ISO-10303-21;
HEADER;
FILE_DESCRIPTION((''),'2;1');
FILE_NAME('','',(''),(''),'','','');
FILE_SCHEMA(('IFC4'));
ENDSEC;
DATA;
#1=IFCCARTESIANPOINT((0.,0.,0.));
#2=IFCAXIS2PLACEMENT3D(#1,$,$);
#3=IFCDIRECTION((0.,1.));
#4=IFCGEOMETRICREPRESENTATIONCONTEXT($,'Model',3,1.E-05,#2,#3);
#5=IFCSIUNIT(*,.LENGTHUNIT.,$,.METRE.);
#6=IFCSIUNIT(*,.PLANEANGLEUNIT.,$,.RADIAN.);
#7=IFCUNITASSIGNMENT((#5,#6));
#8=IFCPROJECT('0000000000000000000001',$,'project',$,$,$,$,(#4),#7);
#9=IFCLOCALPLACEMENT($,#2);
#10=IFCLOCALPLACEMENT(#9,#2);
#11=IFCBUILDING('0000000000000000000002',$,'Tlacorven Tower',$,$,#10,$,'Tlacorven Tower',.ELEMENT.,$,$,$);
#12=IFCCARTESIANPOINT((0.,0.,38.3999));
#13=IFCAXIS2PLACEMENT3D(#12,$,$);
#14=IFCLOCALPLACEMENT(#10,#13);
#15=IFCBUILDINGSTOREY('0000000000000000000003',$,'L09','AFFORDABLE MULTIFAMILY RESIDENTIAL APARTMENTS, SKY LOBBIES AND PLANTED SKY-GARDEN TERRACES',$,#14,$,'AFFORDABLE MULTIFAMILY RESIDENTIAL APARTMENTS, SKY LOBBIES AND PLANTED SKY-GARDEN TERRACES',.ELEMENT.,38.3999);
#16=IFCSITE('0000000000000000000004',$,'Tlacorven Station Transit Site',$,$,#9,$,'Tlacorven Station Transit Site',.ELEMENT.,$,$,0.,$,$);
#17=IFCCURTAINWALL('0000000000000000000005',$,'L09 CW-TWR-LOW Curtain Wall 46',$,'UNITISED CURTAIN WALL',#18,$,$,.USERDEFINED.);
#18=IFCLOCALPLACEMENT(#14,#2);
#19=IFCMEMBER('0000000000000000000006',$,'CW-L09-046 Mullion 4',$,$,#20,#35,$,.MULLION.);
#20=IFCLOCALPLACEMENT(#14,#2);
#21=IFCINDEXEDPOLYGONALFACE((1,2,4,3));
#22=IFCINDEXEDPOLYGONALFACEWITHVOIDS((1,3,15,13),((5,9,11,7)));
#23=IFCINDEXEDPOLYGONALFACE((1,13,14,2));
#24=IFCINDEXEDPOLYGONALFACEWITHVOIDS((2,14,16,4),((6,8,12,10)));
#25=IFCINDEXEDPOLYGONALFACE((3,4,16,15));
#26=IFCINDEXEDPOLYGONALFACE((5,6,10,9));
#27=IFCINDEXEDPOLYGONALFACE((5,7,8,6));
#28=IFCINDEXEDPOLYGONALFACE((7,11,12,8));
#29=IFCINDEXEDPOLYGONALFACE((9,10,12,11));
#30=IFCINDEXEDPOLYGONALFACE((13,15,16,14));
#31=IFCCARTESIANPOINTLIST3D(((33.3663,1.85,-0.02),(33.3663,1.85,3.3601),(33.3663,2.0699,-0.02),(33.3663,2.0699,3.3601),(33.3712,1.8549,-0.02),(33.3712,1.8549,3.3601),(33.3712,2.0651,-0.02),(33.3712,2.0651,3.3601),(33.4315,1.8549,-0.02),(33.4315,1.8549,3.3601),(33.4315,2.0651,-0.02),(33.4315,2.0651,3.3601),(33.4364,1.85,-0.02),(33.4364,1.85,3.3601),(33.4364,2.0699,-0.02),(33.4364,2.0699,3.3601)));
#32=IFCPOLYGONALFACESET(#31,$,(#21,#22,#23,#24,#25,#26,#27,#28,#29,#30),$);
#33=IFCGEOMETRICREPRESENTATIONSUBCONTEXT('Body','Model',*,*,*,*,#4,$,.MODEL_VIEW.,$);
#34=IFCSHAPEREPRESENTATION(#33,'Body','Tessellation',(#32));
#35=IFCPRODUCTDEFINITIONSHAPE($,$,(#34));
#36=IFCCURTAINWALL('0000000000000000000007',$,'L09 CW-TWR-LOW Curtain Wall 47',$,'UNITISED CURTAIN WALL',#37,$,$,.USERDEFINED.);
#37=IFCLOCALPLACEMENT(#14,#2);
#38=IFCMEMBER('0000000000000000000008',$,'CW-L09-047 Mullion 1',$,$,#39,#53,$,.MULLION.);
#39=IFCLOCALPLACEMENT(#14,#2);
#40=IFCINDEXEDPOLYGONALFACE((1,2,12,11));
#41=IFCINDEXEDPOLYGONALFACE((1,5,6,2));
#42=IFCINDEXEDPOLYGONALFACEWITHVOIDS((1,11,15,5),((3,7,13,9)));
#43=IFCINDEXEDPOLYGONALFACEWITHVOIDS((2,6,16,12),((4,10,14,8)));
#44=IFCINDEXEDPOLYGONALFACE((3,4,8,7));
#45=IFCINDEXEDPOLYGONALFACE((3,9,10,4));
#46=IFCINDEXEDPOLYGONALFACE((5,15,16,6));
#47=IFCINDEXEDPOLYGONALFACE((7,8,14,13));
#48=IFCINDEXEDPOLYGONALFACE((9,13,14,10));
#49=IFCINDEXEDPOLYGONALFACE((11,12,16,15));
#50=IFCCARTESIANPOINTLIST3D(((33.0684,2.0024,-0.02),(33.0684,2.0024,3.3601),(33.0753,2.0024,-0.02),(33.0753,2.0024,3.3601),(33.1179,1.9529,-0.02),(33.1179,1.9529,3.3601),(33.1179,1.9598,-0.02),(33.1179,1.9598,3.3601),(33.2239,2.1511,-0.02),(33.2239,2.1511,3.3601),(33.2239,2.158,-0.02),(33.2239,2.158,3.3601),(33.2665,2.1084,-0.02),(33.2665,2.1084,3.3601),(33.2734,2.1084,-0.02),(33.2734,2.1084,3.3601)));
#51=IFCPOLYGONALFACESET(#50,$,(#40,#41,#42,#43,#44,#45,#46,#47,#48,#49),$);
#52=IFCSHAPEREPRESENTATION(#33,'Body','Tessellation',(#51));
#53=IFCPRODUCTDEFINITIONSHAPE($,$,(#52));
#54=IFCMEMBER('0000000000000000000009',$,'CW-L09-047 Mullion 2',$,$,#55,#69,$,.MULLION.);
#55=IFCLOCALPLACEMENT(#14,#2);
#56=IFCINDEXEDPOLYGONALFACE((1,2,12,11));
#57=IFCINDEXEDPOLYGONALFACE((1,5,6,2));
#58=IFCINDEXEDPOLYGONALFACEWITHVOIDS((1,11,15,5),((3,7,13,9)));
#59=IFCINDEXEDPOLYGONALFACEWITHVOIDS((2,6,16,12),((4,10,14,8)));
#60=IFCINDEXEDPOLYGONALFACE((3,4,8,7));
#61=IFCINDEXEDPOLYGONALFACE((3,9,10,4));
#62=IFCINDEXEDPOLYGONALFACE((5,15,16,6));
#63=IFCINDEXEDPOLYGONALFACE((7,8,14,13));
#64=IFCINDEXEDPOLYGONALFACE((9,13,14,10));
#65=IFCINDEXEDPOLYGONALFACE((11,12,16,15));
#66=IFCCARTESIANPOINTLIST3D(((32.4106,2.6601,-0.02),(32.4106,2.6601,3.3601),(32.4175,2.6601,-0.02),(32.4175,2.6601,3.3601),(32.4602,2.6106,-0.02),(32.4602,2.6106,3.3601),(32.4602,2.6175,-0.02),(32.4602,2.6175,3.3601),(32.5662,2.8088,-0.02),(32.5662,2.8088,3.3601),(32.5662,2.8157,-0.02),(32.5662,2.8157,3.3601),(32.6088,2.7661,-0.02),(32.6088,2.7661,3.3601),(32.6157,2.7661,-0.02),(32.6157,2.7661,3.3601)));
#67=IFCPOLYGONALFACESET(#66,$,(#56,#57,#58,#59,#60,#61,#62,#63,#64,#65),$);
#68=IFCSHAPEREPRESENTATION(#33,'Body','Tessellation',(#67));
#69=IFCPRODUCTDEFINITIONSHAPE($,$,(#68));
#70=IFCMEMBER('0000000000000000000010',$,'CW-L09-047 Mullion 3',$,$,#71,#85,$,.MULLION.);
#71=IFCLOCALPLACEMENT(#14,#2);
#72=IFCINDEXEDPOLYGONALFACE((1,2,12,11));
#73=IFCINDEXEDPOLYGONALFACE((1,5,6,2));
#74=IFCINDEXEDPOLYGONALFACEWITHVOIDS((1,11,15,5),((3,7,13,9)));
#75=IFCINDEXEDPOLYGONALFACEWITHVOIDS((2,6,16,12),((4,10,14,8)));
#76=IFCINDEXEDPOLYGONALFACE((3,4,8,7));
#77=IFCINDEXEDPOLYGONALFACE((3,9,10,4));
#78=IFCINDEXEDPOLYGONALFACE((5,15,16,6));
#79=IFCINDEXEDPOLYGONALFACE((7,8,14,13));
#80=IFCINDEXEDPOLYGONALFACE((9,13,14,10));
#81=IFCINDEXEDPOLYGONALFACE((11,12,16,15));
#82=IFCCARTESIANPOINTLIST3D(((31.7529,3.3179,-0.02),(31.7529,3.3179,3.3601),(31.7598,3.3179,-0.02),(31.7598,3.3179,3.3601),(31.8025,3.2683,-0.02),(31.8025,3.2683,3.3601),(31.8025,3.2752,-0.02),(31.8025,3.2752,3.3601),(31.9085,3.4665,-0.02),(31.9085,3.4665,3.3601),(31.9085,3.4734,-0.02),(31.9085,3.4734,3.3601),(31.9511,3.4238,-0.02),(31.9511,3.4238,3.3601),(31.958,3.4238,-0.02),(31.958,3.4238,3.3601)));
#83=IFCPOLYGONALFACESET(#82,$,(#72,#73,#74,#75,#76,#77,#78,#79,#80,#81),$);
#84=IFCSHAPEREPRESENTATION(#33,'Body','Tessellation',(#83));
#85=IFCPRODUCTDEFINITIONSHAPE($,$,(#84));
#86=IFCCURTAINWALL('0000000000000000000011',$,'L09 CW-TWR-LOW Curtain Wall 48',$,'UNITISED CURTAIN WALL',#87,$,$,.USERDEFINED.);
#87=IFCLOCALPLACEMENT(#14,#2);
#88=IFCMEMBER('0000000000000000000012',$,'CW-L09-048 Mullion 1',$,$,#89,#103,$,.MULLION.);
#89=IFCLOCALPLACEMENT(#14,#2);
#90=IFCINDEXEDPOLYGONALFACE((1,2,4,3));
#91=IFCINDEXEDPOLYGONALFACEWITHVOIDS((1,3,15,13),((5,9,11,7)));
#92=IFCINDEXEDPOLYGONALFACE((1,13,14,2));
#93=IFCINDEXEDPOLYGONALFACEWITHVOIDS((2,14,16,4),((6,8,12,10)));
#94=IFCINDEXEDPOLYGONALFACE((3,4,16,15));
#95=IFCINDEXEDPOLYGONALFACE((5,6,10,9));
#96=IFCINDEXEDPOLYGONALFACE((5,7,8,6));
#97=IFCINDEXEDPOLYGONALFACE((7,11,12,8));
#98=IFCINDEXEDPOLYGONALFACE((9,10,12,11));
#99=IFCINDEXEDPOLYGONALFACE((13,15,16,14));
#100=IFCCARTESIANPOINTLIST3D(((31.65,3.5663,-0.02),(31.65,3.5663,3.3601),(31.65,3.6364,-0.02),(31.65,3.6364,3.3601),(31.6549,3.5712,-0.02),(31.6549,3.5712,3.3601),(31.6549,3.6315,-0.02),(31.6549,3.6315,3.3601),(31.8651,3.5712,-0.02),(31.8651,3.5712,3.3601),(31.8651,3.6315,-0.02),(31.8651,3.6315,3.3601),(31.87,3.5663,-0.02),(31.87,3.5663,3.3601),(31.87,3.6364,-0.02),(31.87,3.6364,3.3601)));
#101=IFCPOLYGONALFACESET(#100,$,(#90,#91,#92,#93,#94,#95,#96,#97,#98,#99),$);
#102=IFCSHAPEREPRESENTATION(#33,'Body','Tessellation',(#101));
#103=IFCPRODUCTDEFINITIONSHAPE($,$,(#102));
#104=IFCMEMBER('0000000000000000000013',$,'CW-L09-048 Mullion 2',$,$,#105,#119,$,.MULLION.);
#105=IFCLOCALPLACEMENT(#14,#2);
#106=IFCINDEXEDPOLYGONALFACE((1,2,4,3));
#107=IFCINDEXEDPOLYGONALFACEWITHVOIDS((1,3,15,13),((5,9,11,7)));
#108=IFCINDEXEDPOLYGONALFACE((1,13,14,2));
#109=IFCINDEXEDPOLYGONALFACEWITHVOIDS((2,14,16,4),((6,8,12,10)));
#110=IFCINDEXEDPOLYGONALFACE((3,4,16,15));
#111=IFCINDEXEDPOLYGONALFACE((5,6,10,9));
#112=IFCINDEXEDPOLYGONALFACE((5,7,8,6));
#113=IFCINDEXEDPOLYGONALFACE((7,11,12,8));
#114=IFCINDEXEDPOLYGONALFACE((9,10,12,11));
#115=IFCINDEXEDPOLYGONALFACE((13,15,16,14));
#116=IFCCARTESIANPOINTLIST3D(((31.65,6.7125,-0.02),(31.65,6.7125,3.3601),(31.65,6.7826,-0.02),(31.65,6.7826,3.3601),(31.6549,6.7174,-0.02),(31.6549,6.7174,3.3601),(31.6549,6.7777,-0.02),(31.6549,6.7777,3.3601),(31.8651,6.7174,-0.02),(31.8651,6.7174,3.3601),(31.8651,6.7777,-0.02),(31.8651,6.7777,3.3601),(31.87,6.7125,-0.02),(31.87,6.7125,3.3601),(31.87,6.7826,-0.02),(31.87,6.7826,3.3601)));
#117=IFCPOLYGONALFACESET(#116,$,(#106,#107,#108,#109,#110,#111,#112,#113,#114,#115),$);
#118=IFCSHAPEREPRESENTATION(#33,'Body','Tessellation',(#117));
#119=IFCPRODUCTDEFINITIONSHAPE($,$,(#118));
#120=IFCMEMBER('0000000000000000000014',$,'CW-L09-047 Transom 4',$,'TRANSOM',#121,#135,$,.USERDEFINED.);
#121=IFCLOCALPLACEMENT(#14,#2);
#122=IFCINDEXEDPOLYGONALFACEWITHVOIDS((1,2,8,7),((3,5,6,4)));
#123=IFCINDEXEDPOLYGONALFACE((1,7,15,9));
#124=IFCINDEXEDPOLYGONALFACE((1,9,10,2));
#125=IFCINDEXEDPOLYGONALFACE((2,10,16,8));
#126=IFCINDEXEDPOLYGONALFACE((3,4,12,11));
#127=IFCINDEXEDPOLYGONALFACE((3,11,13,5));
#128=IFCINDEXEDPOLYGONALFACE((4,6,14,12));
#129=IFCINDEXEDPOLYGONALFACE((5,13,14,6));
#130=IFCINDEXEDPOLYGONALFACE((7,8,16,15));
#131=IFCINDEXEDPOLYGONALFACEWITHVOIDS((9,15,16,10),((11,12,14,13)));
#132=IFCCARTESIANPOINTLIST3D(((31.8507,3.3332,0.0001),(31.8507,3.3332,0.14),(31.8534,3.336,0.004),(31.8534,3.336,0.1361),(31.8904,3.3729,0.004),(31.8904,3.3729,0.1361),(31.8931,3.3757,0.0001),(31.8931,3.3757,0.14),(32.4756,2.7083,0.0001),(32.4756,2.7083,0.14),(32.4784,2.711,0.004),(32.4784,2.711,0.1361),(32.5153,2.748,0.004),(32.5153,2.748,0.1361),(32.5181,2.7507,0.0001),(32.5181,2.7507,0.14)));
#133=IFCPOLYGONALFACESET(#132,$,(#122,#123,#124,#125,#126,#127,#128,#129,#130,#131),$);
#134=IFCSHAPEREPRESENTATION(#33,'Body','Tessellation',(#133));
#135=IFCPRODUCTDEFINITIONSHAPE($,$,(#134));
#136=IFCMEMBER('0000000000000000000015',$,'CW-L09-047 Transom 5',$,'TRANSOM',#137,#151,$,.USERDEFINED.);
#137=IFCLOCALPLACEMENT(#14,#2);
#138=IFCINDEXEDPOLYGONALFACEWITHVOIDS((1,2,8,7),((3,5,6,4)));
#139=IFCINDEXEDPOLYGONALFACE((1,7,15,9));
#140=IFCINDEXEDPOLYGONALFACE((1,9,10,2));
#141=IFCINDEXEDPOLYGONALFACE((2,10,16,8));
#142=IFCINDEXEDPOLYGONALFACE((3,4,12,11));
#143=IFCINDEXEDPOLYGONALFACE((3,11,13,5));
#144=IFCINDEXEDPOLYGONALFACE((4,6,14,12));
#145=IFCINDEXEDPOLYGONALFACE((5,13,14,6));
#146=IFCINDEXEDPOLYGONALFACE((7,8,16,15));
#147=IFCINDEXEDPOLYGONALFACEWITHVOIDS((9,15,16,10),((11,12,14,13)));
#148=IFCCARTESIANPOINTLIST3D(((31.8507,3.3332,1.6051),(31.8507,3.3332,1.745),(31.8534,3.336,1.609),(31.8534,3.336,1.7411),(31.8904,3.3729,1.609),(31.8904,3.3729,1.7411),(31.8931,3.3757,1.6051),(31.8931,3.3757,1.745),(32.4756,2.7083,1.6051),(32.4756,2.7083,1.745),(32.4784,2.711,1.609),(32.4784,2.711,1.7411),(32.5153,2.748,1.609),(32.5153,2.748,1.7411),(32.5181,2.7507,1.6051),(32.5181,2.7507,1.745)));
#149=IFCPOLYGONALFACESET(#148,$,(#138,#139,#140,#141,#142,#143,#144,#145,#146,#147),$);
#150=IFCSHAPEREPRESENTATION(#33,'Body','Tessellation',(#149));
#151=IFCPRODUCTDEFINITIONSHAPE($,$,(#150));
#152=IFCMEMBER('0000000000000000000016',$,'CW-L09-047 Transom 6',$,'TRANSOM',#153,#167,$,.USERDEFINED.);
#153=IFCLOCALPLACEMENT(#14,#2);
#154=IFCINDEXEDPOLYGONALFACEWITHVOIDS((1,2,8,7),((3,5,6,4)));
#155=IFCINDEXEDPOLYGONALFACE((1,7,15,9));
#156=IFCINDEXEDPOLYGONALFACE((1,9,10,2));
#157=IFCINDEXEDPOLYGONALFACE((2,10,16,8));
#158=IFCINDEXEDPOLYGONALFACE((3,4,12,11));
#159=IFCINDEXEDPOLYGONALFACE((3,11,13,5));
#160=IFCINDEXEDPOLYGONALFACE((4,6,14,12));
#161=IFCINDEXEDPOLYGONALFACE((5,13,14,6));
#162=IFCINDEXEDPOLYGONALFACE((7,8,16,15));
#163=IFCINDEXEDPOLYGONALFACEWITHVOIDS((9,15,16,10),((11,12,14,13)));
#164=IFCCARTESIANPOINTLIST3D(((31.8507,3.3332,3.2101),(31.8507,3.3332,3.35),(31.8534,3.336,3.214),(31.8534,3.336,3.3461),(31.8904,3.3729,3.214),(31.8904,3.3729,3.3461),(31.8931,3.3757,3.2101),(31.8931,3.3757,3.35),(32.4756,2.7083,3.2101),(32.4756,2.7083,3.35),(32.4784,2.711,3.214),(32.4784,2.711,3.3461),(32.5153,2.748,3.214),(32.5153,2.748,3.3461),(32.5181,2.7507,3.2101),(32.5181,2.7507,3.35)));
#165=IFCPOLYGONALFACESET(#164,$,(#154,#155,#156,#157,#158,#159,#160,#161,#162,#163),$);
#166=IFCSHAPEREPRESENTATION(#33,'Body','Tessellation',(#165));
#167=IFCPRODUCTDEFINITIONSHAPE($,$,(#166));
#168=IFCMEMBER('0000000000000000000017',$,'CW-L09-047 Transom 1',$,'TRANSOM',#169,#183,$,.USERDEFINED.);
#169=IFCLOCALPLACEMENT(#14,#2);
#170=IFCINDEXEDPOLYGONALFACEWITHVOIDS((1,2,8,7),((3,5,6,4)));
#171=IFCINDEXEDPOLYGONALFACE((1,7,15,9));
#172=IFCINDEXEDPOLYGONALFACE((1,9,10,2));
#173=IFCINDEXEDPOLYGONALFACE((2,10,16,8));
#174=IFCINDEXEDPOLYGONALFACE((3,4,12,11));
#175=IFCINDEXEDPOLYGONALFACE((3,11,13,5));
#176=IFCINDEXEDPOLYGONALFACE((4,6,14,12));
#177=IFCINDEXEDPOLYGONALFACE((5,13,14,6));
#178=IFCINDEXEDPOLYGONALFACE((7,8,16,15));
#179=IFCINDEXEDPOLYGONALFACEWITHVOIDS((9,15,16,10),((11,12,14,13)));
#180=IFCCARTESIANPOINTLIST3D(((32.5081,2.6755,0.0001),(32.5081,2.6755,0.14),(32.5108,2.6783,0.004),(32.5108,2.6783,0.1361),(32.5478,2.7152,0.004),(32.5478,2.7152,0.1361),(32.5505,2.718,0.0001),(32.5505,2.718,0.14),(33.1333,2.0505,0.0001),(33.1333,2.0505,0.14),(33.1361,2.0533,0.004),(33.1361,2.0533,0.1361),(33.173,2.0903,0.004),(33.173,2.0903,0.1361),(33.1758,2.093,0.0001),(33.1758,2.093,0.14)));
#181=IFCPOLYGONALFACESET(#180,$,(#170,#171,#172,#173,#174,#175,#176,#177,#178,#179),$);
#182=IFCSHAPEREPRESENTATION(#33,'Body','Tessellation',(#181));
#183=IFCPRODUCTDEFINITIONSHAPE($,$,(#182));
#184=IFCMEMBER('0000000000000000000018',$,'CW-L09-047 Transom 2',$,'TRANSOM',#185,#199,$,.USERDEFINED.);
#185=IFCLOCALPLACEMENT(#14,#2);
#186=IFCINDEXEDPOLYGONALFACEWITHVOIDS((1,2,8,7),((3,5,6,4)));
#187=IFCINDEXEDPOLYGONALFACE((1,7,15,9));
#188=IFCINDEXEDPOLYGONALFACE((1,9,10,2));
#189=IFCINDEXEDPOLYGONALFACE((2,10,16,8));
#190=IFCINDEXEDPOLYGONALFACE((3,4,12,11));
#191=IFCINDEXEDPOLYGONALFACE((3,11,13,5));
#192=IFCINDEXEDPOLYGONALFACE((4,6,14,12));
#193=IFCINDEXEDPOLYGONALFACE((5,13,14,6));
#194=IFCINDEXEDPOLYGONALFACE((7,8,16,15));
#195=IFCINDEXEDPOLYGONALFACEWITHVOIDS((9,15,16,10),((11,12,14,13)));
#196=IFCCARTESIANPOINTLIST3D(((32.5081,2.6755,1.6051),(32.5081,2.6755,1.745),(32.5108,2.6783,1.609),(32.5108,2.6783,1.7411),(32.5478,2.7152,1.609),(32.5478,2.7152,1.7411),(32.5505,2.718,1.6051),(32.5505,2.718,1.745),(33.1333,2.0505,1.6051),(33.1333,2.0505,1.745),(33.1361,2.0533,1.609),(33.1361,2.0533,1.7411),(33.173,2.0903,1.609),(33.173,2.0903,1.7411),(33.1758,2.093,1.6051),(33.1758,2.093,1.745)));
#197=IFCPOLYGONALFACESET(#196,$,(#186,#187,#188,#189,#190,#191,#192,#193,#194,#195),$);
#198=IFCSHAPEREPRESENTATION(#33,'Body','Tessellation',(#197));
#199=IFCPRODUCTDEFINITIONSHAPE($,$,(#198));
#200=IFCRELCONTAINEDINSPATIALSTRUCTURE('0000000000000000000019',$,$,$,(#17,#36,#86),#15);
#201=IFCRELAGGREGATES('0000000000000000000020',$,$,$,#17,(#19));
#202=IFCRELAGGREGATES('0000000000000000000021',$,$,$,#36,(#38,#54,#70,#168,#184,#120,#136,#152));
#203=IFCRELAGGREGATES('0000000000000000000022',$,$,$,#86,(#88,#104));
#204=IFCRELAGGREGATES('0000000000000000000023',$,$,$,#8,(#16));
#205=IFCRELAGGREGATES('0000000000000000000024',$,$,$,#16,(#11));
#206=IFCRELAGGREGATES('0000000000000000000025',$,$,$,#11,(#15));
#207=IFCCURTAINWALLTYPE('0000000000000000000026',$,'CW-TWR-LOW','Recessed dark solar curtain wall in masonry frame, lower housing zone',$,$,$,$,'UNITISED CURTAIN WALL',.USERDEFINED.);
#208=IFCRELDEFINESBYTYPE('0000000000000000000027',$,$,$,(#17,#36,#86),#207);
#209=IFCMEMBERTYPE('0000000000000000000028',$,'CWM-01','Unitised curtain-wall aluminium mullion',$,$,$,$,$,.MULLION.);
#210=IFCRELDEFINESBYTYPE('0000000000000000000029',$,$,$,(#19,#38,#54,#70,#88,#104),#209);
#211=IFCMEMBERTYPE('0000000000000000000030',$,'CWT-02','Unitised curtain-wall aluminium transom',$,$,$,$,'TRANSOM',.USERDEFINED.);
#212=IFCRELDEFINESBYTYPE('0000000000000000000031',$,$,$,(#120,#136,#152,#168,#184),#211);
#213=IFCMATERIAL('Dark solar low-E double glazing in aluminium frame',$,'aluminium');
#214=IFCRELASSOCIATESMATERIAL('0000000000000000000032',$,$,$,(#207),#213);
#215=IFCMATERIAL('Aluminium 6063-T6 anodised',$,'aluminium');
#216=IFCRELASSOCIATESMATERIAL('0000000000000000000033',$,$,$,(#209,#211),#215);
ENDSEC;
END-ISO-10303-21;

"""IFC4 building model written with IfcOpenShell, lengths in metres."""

from ifc_helpers import new_model, si_unit, direction, frame, origin, origin_2d, place, context, subcontext, project, spatial, hollow_rectangle, extrude, source, transform, mapped, material, material_profile, profile_set, type_object, element, aggregate, save


model = new_model("IFC4")

# Units and contexts
model_context = context("Model", 3, precision=1e-05, world=origin(), true_north=direction((0.0, 1.0)))
body_context = subcontext(model_context, "Body", "Model", "MODEL_VIEW")
ifc_project = project(units=[si_unit("LENGTHUNIT", "METRE"), si_unit("PLANEANGLEUNIT", "RADIAN")], contexts=[model_context])

# Site, building, storey
site_placement = place(None, origin())
site = spatial("IfcSite", under=ifc_project, at=site_placement, Name="Tlacorven Station Transit Site", LongName="Tlacorven Station Transit Site", CompositionType="ELEMENT", RefElevation=0.0)
building_placement = place(site_placement, origin())
building = spatial("IfcBuilding", under=site, at=building_placement, Name="Tlacorven Tower", LongName="Tlacorven Tower", CompositionType="ELEMENT")
storey_placement = place(building_placement, frame((0.0, 0.0, 38.3999)))
storey = spatial("IfcBuildingStorey", under=building, at=storey_placement, Name="L09", Description="AFFORDABLE MULTIFAMILY RESIDENTIAL APARTMENTS, SKY LOBBIES AND PLANTED SKY-GARDEN TERRACES", LongName="AFFORDABLE MULTIFAMILY RESIDENTIAL APARTMENTS, SKY LOBBIES AND PLANTED SKY-GARDEN TERRACES", CompositionType="ELEMENT", Elevation=38.3999)

# Curtain wall, member
ifc_material_1 = material(Name="Dark solar low-E double glazing in aluminium frame", Category="aluminium")
curtain_wall_type = type_object("IfcCurtainWallType", Name="CW-TWR-LOW", Description="Recessed dark solar curtain wall in masonry frame, lower housing zone", ElementType="UNITISED CURTAIN WALL", PredefinedType="USERDEFINED", material=ifc_material_1)
curtain_wall_1_placement = place(storey_placement, origin())
curtain_wall_1 = element("IfcCurtainWall", 1, at=curtain_wall_1_placement, inside=storey, type_object=curtain_wall_type, Name="L09 CW-TWR-LOW Curtain Wall 46", ObjectType="UNITISED CURTAIN WALL", PredefinedType="USERDEFINED")
ifc_material_2 = material(Name="Aluminium 6063-T6 anodised", Category="aluminium")
ifc_material_profile_1 = material_profile(ifc_material_2, hollow_rectangle(XDim=0.0701, YDim=0.22, WallThickness=0.0049, at=origin_2d()), Name="ALU MULLION 70X220")
ifc_profile_set_1 = profile_set([ifc_material_profile_1], Name="Aluminium 6063-T6 anodised")
member_type_1 = type_object("IfcMemberType", Name="CWM-01", Description="Unitised curtain-wall aluminium mullion", PredefinedType="MULLION", material=ifc_profile_set_1)
shared_shape_1 = source(origin(), body_context, "Body", "SweptSolid", [
    extrude(hollow_rectangle(XDim=0.0701, YDim=0.22, WallThickness=0.0049, at=origin_2d()), origin(), (0.0, 0.0, 1.0), 3.3801),
])
member_1_placement = place(storey_placement, frame((33.4014, 1.96, -0.02), z_axis=(0.0, 0.0, 1.0), x_axis=(-1.0, 0.0, 0.0)))
member_1 = element("IfcMember", 2, at=member_1_placement, type_object=member_type_1, Name="CW-L09-046 Mullion 4", PredefinedType="MULLION", context=body_context, shape_type="MappedRepresentation", body=[
    mapped(shared_shape_1, transform((0.0, 0.0, 0.0), scale=1.0)),
])
aggregate(curtain_wall_1, [member_1])

# Curtain walls, members
curtain_wall_2_placement = place(storey_placement, origin())
curtain_wall_2 = element("IfcCurtainWall", 3, at=curtain_wall_2_placement, inside=storey, type_object=curtain_wall_type, Name="L09 CW-TWR-LOW Curtain Wall 47", ObjectType="UNITISED CURTAIN WALL", PredefinedType="USERDEFINED")
member_2_placement = place(storey_placement, frame((33.1709, 2.0554, -0.02), z_axis=(0.0, 0.0, 1.0), x_axis=(-0.707107, 0.707107, 0.0)))
member_2 = element("IfcMember", 4, at=member_2_placement, type_object=member_type_1, Name="CW-L09-047 Mullion 1", PredefinedType="MULLION", context=body_context, shape_type="MappedRepresentation", body=[
    mapped(shared_shape_1, transform((0.0, 0.0, 0.0), scale=1.0)),
])
member_3_placement = place(storey_placement, frame((32.5132, 2.7131, -0.02), z_axis=(0.0, 0.0, 1.0), x_axis=(-0.707107, 0.707107, 0.0)))
member_3 = element("IfcMember", 5, at=member_3_placement, type_object=member_type_1, Name="CW-L09-047 Mullion 2", PredefinedType="MULLION", context=body_context, shape_type="MappedRepresentation", body=[
    mapped(shared_shape_1, transform((0.0, 0.0, 0.0), scale=1.0)),
])
member_4_placement = place(storey_placement, frame((31.8555, 3.3708, -0.02), z_axis=(0.0, 0.0, 1.0), x_axis=(-0.707107, 0.707107, 0.0)))
member_4 = element("IfcMember", 6, at=member_4_placement, type_object=member_type_1, Name="CW-L09-047 Mullion 3", PredefinedType="MULLION", context=body_context, shape_type="MappedRepresentation", body=[
    mapped(shared_shape_1, transform((0.0, 0.0, 0.0), scale=1.0)),
])
curtain_wall_3_placement = place(storey_placement, origin())
curtain_wall_3 = element("IfcCurtainWall", 7, at=curtain_wall_3_placement, inside=storey, type_object=curtain_wall_type, Name="L09 CW-TWR-LOW Curtain Wall 48", ObjectType="UNITISED CURTAIN WALL", PredefinedType="USERDEFINED")
member_5_placement = place(storey_placement, frame((31.76, 3.6013, -0.02), z_axis=(0.0, 0.0, 1.0), x_axis=(0.0, 1.0, 0.0)))
member_5 = element("IfcMember", 8, at=member_5_placement, type_object=member_type_1, Name="CW-L09-048 Mullion 1", PredefinedType="MULLION", context=body_context, shape_type="MappedRepresentation", body=[
    mapped(shared_shape_1, transform((0.0, 0.0, 0.0), scale=1.0)),
])
member_6_placement = place(storey_placement, frame((31.76, 6.7476, -0.02), z_axis=(0.0, 0.0, 1.0), x_axis=(0.0, 1.0, 0.0)))
member_6 = element("IfcMember", 9, at=member_6_placement, type_object=member_type_1, Name="CW-L09-048 Mullion 2", PredefinedType="MULLION", context=body_context, shape_type="MappedRepresentation", body=[
    mapped(shared_shape_1, transform((0.0, 0.0, 0.0), scale=1.0)),
])

# Members
ifc_material_profile_2 = material_profile(ifc_material_2, hollow_rectangle(XDim=0.0601, YDim=0.1399, WallThickness=0.0039, at=origin_2d()), Name="ALU TRANSOM 60X140")
ifc_profile_set_2 = profile_set([ifc_material_profile_2], Name="Aluminium 6063-T6 anodised")
member_type_2 = type_object("IfcMemberType", Name="CWT-02", Description="Unitised curtain-wall aluminium transom", ElementType="TRANSOM", PredefinedType="USERDEFINED", material=ifc_profile_set_2)
shared_shape_2 = source(origin(), body_context, "Body", "SweptSolid", [
    extrude(hollow_rectangle(XDim=0.0601, YDim=0.1399, WallThickness=0.0039, at=origin_2d()), origin(), (0.0, 0.0, 1.0), 0.8838),
])
member_7_placement = place(storey_placement, frame((32.4968, 2.7295, 0.0701), z_axis=(-0.707107, 0.707107, 0.0), x_axis=(-0.707107, -0.707107, 0.0)))
member_7 = element("IfcMember", 10, at=member_7_placement, type_object=member_type_2, Name="CW-L09-047 Transom 4", ObjectType="TRANSOM", PredefinedType="USERDEFINED", context=body_context, shape_type="MappedRepresentation", body=[
    mapped(shared_shape_2, transform((0.0, 0.0, 0.0), scale=1.0)),
])
member_8_placement = place(storey_placement, frame((32.4968, 2.7295, 1.675), z_axis=(-0.707107, 0.707107, 0.0), x_axis=(-0.707107, -0.707107, 0.0)))
member_8 = element("IfcMember", 11, at=member_8_placement, type_object=member_type_2, Name="CW-L09-047 Transom 5", ObjectType="TRANSOM", PredefinedType="USERDEFINED", context=body_context, shape_type="MappedRepresentation", body=[
    mapped(shared_shape_2, transform((0.0, 0.0, 0.0), scale=1.0)),
])
member_9_placement = place(storey_placement, frame((32.4968, 2.7295, 3.28), z_axis=(-0.707107, 0.707107, 0.0), x_axis=(-0.707107, -0.707107, 0.0)))
member_9 = element("IfcMember", 12, at=member_9_placement, type_object=member_type_2, Name="CW-L09-047 Transom 6", ObjectType="TRANSOM", PredefinedType="USERDEFINED", context=body_context, shape_type="MappedRepresentation", body=[
    mapped(shared_shape_2, transform((0.0, 0.0, 0.0), scale=1.0)),
])
shared_shape_3 = source(origin(), body_context, "Body", "SweptSolid", [
    extrude(hollow_rectangle(XDim=0.0601, YDim=0.1399, WallThickness=0.0039, at=origin_2d()), origin(), (0.0, 0.0, 1.0), 0.884),
])
member_10_placement = place(storey_placement, frame((33.1545, 2.0718, 0.0701), z_axis=(-0.707245, 0.706969, 0.0), x_axis=(-0.706969, -0.707245, 0.0)))
member_10 = element("IfcMember", 13, at=member_10_placement, type_object=member_type_2, Name="CW-L09-047 Transom 1", ObjectType="TRANSOM", PredefinedType="USERDEFINED", context=body_context, shape_type="MappedRepresentation", body=[
    mapped(shared_shape_3, transform((0.0, 0.0, 0.0), scale=1.0)),
])
member_11_placement = place(storey_placement, frame((33.1545, 2.0718, 1.675), z_axis=(-0.707245, 0.706969, 0.0), x_axis=(-0.706969, -0.707245, 0.0)))
member_11 = element("IfcMember", 14, at=member_11_placement, type_object=member_type_2, Name="CW-L09-047 Transom 2", ObjectType="TRANSOM", PredefinedType="USERDEFINED", context=body_context, shape_type="MappedRepresentation", body=[
    mapped(shared_shape_3, transform((0.0, 0.0, 0.0), scale=1.0)),
])

aggregate(curtain_wall_2, [member_2, member_3, member_4, member_10, member_11, member_7, member_8, member_9])
aggregate(curtain_wall_3, [member_5, member_6])

save(model, "model.ifc")
